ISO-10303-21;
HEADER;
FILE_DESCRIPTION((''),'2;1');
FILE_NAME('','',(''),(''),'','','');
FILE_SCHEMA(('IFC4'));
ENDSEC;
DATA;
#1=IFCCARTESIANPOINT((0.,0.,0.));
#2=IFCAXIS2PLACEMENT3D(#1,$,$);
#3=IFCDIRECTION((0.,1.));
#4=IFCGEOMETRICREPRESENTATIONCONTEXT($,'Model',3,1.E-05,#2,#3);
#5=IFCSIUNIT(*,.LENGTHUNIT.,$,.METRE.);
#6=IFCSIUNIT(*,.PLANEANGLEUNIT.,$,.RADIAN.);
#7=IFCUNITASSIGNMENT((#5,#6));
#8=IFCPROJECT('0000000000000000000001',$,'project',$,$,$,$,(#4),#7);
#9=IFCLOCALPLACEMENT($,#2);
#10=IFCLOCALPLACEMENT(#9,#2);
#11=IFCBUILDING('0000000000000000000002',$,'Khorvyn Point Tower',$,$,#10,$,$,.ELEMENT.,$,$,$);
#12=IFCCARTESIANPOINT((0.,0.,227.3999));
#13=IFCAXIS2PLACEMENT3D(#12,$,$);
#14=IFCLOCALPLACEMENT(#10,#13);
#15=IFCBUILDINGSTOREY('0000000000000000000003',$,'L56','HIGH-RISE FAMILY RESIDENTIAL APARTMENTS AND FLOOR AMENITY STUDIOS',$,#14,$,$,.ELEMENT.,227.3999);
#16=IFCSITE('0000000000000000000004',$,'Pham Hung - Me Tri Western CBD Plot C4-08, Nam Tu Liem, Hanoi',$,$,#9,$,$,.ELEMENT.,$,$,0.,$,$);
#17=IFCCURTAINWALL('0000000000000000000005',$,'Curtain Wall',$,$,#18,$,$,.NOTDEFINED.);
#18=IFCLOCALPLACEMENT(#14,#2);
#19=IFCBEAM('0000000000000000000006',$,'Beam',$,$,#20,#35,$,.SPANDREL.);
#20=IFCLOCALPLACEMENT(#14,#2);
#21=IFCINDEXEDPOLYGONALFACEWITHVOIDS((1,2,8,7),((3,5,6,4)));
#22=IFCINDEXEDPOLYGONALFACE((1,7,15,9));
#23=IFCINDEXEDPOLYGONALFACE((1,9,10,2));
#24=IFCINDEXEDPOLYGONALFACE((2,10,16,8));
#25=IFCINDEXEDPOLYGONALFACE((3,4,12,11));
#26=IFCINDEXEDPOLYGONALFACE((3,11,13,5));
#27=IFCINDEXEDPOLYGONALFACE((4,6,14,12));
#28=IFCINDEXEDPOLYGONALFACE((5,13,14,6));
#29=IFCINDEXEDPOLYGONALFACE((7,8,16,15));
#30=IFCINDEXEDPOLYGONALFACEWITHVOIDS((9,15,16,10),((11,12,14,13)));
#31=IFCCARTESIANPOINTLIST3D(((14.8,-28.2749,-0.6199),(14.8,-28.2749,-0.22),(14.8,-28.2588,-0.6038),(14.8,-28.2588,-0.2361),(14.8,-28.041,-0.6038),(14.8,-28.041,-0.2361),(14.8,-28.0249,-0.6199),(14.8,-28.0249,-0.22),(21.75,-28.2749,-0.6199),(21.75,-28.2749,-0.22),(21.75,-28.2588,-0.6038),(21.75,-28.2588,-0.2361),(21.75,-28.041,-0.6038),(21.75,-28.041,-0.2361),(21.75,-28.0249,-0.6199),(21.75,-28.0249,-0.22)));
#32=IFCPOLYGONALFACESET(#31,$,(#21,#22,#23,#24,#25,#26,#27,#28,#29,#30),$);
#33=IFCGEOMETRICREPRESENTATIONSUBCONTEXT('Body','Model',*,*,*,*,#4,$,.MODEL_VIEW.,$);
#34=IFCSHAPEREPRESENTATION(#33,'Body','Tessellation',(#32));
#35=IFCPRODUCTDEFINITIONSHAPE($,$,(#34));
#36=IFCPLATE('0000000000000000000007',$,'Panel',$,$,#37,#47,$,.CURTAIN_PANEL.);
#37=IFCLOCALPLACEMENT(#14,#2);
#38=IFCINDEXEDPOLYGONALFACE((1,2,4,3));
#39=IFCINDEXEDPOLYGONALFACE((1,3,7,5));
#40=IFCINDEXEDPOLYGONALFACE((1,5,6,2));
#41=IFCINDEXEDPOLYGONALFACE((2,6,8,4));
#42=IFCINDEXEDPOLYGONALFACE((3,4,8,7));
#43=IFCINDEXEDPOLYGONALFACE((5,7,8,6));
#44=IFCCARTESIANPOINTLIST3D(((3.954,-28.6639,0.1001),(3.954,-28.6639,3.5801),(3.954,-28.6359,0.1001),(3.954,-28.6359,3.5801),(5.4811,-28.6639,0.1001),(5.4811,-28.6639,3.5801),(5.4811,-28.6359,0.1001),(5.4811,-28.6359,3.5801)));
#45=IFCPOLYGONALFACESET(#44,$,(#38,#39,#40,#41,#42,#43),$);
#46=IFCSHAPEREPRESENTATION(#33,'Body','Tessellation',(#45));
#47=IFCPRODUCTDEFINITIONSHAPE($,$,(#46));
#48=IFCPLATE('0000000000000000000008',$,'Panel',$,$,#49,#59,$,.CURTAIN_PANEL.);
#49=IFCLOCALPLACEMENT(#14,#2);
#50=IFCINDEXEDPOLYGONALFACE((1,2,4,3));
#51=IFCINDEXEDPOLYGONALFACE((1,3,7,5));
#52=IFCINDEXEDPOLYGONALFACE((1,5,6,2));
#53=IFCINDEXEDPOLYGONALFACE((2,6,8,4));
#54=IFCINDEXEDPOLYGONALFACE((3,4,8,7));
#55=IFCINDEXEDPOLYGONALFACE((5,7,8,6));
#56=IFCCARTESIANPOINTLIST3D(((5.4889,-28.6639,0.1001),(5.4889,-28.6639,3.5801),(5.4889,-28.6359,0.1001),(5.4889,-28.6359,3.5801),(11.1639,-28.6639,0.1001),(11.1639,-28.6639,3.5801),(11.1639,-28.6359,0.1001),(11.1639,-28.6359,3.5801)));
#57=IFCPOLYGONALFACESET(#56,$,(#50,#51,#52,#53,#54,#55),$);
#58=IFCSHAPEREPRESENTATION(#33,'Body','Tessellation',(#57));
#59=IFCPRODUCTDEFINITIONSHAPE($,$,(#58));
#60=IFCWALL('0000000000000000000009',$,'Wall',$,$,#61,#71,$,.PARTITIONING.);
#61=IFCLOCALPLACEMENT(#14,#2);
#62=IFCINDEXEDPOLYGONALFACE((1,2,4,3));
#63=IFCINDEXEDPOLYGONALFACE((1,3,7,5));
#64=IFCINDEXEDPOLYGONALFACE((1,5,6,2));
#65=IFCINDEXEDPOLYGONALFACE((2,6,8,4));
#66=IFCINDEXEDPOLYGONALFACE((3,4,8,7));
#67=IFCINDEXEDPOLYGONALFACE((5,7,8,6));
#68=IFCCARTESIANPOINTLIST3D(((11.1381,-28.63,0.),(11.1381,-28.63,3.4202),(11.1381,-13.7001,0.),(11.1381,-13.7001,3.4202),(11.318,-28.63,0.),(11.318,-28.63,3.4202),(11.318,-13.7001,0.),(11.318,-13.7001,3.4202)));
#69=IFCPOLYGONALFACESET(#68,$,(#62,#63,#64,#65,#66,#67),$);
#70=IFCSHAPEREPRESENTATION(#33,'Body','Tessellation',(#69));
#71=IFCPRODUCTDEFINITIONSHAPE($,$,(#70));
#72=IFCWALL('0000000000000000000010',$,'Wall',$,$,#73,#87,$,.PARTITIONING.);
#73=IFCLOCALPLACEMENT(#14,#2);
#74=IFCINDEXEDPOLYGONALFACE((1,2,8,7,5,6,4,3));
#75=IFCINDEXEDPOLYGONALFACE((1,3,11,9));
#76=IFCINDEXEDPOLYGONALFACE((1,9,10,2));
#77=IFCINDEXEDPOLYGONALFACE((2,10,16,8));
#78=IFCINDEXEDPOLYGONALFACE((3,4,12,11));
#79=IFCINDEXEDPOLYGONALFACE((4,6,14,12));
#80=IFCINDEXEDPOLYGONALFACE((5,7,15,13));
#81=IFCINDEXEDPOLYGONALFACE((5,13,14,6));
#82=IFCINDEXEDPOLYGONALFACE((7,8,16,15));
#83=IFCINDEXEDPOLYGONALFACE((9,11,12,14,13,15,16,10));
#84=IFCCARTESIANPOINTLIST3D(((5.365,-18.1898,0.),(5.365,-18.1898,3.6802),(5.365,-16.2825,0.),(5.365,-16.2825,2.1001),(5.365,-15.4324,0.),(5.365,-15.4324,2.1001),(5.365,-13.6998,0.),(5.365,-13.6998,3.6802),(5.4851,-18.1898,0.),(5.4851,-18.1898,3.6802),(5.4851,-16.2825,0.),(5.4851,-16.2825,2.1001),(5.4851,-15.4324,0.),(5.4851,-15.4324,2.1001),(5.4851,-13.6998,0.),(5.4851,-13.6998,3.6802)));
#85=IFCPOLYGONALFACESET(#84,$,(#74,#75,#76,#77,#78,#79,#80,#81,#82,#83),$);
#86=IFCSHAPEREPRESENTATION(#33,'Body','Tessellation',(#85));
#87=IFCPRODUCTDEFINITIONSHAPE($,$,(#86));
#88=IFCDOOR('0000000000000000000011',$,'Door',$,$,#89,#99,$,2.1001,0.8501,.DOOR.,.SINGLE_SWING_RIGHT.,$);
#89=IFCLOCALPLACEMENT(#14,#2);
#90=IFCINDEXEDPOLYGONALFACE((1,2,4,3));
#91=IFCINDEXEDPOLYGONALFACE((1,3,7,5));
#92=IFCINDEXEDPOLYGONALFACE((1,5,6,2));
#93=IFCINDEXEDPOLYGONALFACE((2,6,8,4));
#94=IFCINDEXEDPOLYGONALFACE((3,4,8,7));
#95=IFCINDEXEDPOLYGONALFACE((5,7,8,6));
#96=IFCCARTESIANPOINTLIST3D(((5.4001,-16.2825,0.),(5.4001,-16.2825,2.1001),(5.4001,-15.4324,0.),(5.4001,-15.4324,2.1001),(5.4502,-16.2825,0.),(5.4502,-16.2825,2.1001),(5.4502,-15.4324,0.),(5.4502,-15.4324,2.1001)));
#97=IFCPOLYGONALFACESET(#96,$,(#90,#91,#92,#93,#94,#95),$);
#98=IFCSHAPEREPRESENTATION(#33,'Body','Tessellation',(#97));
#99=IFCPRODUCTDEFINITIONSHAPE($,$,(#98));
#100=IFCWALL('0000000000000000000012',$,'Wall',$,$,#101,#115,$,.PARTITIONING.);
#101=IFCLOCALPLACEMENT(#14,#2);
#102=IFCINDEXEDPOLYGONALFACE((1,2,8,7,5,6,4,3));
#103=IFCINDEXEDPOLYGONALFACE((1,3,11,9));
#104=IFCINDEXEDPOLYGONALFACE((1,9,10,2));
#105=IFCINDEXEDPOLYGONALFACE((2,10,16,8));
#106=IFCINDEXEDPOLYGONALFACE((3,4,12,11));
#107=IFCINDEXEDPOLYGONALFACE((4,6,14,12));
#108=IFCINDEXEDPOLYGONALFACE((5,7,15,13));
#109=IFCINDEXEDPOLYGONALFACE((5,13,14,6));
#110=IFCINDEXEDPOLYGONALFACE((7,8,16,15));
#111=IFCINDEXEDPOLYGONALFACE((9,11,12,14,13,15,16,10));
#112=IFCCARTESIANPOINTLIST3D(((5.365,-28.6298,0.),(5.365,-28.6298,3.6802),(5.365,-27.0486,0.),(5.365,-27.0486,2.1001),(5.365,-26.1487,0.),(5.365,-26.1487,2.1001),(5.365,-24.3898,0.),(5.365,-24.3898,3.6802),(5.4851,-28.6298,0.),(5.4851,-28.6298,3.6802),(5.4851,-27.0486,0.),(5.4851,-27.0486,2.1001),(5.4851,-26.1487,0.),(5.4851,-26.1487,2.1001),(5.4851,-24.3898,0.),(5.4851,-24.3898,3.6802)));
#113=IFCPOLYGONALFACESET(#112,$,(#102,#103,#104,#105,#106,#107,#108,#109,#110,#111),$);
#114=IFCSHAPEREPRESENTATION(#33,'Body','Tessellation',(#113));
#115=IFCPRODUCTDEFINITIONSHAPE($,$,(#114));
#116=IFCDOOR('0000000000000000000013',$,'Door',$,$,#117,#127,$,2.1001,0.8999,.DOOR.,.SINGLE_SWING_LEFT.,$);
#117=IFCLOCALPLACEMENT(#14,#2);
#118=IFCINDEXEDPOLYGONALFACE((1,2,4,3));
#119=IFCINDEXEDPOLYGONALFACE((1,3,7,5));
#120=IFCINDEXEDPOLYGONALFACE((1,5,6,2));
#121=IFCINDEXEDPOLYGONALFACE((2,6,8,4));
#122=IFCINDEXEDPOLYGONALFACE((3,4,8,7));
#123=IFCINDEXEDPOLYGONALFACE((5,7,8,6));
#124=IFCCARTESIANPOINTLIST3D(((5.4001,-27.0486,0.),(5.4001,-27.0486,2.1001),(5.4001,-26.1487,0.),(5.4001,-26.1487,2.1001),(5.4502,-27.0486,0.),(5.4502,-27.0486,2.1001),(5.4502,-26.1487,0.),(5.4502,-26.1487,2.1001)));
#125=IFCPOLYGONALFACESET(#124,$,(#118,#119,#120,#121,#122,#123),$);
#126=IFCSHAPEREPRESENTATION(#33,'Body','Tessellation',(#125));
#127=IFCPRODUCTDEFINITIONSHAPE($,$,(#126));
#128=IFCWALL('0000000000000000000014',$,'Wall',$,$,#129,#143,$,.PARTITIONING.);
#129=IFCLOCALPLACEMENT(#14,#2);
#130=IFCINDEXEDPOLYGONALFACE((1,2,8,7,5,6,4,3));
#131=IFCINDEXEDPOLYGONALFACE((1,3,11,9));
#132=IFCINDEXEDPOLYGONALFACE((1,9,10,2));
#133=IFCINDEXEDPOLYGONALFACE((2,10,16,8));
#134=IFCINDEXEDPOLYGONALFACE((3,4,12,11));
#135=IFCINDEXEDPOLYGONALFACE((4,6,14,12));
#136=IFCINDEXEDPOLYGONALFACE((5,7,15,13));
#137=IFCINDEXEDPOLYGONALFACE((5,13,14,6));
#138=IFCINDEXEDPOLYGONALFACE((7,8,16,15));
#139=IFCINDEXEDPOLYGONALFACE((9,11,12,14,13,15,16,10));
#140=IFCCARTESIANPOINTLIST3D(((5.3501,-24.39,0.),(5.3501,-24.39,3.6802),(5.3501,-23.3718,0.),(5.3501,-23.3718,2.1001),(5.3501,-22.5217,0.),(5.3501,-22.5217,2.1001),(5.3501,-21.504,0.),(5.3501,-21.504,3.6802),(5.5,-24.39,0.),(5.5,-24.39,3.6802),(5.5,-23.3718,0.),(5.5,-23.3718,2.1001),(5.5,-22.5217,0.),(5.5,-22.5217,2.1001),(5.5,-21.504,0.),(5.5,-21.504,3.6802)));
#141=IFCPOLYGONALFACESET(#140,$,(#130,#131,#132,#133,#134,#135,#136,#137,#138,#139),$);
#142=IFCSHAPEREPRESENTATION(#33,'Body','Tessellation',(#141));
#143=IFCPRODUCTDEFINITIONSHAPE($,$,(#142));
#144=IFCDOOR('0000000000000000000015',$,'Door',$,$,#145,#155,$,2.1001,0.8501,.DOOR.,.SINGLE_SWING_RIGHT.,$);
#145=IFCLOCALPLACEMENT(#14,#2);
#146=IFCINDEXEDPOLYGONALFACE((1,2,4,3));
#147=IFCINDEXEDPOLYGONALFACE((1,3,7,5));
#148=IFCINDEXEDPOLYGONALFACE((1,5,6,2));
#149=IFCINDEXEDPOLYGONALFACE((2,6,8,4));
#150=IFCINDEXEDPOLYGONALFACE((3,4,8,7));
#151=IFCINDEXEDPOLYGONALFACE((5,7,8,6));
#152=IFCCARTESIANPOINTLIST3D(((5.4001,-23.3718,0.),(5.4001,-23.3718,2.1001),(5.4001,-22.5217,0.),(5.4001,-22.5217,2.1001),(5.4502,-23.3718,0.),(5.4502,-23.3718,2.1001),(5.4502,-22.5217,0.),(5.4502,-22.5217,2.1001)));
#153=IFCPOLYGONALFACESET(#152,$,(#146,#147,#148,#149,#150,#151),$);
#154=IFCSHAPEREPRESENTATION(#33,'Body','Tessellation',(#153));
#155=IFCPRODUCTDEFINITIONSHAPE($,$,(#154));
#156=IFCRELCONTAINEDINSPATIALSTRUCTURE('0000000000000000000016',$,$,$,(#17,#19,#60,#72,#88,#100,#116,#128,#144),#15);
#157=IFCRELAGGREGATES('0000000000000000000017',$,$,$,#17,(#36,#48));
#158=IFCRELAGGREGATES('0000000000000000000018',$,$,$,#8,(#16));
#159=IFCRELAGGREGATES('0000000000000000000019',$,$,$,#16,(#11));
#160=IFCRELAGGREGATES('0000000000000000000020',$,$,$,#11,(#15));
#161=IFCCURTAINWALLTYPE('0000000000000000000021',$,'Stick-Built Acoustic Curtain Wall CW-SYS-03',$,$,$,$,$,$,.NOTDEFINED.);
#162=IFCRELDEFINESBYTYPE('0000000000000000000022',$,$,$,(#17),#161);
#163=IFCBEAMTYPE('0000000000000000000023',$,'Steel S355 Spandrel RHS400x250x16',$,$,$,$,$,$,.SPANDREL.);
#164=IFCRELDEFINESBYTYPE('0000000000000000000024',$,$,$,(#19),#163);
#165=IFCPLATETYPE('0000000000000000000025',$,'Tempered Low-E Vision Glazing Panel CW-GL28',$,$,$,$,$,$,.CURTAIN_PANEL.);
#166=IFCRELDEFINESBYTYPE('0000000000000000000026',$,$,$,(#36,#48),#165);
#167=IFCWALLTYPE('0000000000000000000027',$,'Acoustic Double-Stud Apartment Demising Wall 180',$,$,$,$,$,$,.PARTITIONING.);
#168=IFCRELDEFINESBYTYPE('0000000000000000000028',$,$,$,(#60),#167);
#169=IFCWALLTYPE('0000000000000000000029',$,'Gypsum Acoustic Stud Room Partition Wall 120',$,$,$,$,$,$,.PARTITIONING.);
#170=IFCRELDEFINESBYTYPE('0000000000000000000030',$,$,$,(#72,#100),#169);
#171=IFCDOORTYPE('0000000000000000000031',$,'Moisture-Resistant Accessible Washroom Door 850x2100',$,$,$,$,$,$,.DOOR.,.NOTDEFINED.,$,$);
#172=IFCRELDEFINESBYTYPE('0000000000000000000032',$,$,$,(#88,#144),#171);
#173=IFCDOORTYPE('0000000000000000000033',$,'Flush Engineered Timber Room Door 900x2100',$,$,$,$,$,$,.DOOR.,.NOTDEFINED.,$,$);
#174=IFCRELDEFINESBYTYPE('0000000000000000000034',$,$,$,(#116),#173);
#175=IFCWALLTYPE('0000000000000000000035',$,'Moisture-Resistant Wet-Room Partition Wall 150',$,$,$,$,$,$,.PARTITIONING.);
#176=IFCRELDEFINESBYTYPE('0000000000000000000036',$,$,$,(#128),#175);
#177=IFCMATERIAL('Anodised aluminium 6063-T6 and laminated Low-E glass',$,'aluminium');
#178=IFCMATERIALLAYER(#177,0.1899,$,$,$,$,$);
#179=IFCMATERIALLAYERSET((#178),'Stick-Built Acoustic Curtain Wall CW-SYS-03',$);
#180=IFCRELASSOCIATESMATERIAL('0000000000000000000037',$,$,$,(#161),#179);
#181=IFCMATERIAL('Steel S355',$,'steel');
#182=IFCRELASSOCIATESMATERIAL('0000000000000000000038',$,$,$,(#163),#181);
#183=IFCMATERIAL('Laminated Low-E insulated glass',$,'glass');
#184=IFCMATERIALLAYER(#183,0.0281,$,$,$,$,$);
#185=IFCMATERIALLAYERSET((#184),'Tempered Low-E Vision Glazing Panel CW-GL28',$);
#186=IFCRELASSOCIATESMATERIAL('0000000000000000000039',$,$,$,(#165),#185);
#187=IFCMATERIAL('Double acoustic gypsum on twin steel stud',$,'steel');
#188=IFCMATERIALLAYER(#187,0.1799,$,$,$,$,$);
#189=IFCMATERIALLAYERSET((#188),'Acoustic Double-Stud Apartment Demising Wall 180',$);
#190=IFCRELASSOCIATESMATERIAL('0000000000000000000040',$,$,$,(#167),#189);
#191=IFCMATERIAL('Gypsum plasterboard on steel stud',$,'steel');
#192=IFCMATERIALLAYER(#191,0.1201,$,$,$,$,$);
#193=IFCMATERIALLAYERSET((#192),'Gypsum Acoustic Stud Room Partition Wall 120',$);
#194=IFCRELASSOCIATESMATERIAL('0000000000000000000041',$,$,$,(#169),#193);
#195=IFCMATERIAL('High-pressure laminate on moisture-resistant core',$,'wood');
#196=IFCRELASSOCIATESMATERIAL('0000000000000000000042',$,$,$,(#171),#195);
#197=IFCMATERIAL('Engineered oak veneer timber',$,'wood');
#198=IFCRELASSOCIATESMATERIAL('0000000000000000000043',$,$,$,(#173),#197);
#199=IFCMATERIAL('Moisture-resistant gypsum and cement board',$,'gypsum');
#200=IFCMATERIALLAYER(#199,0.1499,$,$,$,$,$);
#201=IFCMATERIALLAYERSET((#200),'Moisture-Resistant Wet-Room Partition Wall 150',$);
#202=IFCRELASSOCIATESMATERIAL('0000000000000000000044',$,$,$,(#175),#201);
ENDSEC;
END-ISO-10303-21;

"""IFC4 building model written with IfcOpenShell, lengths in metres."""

from ifc_helpers import new_model, si_unit, direction, frame, frame_2d, origin, origin_2d, place, context, subcontext, project, spatial, rectangle, hollow_rectangle, extrude, material, layer, layer_set, material_profile, profile_set, type_object, element, fill, aggregate, save


model = new_model("IFC4")

# Units and contexts
model_context = context("Model", 3, precision=1e-05, world=origin(), true_north=direction((0.0, 1.0)))
body_context = subcontext(model_context, "Body", "Model", "MODEL_VIEW")
ifc_project = project(units=[si_unit("LENGTHUNIT", "METRE"), si_unit("PLANEANGLEUNIT", "RADIAN")], contexts=[model_context])

# Site, building, storey
site_placement = place(None, origin())
site = spatial("IfcSite", under=ifc_project, at=site_placement, Name="Pham Hung - Me Tri Western CBD Plot C4-08, Nam Tu Liem, Hanoi", CompositionType="ELEMENT", RefElevation=0.0)
building_placement = place(site_placement, origin())
building = spatial("IfcBuilding", under=site, at=building_placement, Name="Khorvyn Point Tower", CompositionType="ELEMENT")
storey_placement = place(building_placement, frame((0.0, 0.0, 227.3999)))
storey = spatial("IfcBuildingStorey", under=building, at=storey_placement, Name="L56", Description="HIGH-RISE FAMILY RESIDENTIAL APARTMENTS AND FLOOR AMENITY STUDIOS", CompositionType="ELEMENT", Elevation=227.3999)

# Curtain wall
ifc_material_1 = material(Name="Anodised aluminium 6063-T6 and laminated Low-E glass", Category="aluminium")
ifc_layer_1 = layer(ifc_material_1, 0.1899)
ifc_layer_set_1 = layer_set([ifc_layer_1], Name="Stick-Built Acoustic Curtain Wall CW-SYS-03")
curtain_wall_type = type_object("IfcCurtainWallType", Name="Stick-Built Acoustic Curtain Wall CW-SYS-03", PredefinedType="NOTDEFINED", material=ifc_layer_set_1)
curtain_wall_placement = place(storey_placement, origin())
curtain_wall = element("IfcCurtainWall", 1, at=curtain_wall_placement, inside=storey, type_object=curtain_wall_type, Name="Curtain Wall", PredefinedType="NOTDEFINED")

# Beam
ifc_material_2 = material(Name="Steel S355", Category="steel")
ifc_material_profile_1 = material_profile(ifc_material_2, hollow_rectangle(XDim=0.25, YDim=0.3999, WallThickness=0.0161, at=origin_2d()))
ifc_profile_set_1 = profile_set([ifc_material_profile_1], Name="Steel S355 RHS400x250x16")
beam_type_1 = type_object("IfcBeamType", Name="Steel S355 Spandrel RHS400x250x16", PredefinedType="SPANDREL", material=ifc_profile_set_1)
beam_1_placement = place(storey_placement, frame((14.8, -28.1499, -0.4199), z_axis=(1.0, 0.0, 0.0), x_axis=(0.0, 1.0, 0.0)))
element("IfcBeam", 2, at=beam_1_placement, inside=storey, type_object=beam_type_1, Name="Beam", PredefinedType="SPANDREL", context=body_context, shape_type="SweptSolid", body=[
    extrude(hollow_rectangle(XDim=0.25, YDim=0.3999, WallThickness=0.0161, at=origin_2d()), origin(), (0.0, 0.0, 1.0), 6.95),
])

# Plates
ifc_material_3 = material(Name="Laminated Low-E insulated glass", Category="glass")
ifc_layer_2 = layer(ifc_material_3, 0.0281)
ifc_layer_set_2 = layer_set([ifc_layer_2], Name="Tempered Low-E Vision Glazing Panel CW-GL28")
plate_type = type_object("IfcPlateType", Name="Tempered Low-E Vision Glazing Panel CW-GL28", PredefinedType="CURTAIN_PANEL", material=ifc_layer_set_2)
plate_1_placement = place(storey_placement, frame((4.7175, -28.6499, 0.1001), z_axis=(0.0, 0.0, 1.0), x_axis=(-1.0, 0.0, 0.0)))
plate_1 = element("IfcPlate", 3, at=plate_1_placement, type_object=plate_type, Name="Panel", PredefinedType="CURTAIN_PANEL", context=body_context, shape_type="SweptSolid", body=[
    extrude(rectangle(XDim=1.5271, YDim=0.0281, at=origin_2d()), origin(), (0.0, 0.0, 1.0), 3.48),
])
plate_2_placement = place(storey_placement, frame((8.3264, -28.6499, 0.1001), z_axis=(0.0, 0.0, 1.0), x_axis=(-1.0, 0.0, 0.0)))
plate_2 = element("IfcPlate", 4, at=plate_2_placement, type_object=plate_type, Name="Panel", PredefinedType="CURTAIN_PANEL", context=body_context, shape_type="SweptSolid", body=[
    extrude(rectangle(XDim=5.675, YDim=0.0281, at=origin_2d()), origin(), (0.0, 0.0, 1.0), 3.48),
])
aggregate(curtain_wall, [plate_1, plate_2])

# Wall
ifc_material_4 = material(Name="Double acoustic gypsum on twin steel stud", Category="steel")
ifc_layer_3 = layer(ifc_material_4, 0.1799)
ifc_layer_set_3 = layer_set([ifc_layer_3], Name="Acoustic Double-Stud Apartment Demising Wall 180")
wall_type_1 = type_object("IfcWallType", Name="Acoustic Double-Stud Apartment Demising Wall 180", PredefinedType="PARTITIONING", material=ifc_layer_set_3)
wall_1_placement = place(storey_placement, frame((11.228, -28.6299, 0.0), z_axis=(0.0, 0.0, 1.0), x_axis=(0.0, 1.0, 0.0)))
element("IfcWall", 5, at=wall_1_placement, inside=storey, type_object=wall_type_1, Name="Wall", PredefinedType="PARTITIONING", context=body_context, shape_type="SweptSolid", body=[
    extrude(rectangle(XDim=14.9299, YDim=0.1799, at=frame_2d((7.4648, 0.0))), origin(), (0.0, 0.0, 1.0), 3.4202),
])

# Walls, openings, doors
ifc_material_5 = material(Name="Gypsum plasterboard on steel stud", Category="steel")
ifc_layer_4 = layer(ifc_material_5, 0.1201)
ifc_layer_set_4 = layer_set([ifc_layer_4], Name="Gypsum Acoustic Stud Room Partition Wall 120")
wall_type_2 = type_object("IfcWallType", Name="Gypsum Acoustic Stud Room Partition Wall 120", PredefinedType="PARTITIONING", material=ifc_layer_set_4)
wall_2_placement = place(storey_placement, frame((5.425, -18.1899, 0.0), z_axis=(0.0, 0.0, 1.0), x_axis=(0.0, 1.0, 0.0)))
wall_2 = element("IfcWall", 6, at=wall_2_placement, inside=storey, type_object=wall_type_2, Name="Wall", PredefinedType="PARTITIONING", context=body_context, shape_type="SweptSolid", body=[
    extrude(rectangle(XDim=4.49, YDim=0.1201, at=frame_2d((2.2451, 0.0))), origin(), (0.0, 0.0, 1.0), 3.6802),
])
opening_1_placement = place(wall_2_placement, frame((1.9075, 0.0, 0.0)))
opening_1 = element("IfcOpeningElement", 7, at=opening_1_placement, cuts=wall_2, PredefinedType="OPENING", context=body_context, shape_type="SweptSolid", body=[
    extrude(rectangle(XDim=0.8501, YDim=2.1001, at=frame_2d((0.425, 1.05))), frame((0.0, 0.0701, 0.0), z_axis=(0.0, -1.0, 0.0), x_axis=(1.0, 0.0, 0.0)), (0.0, 0.0, 1.0), 0.1401),
])
ifc_material_6 = material(Name="High-pressure laminate on moisture-resistant core", Category="wood")
door_type_1 = type_object("IfcDoorType", Name="Moisture-Resistant Accessible Washroom Door 850x2100", OperationType="NOTDEFINED", PredefinedType="DOOR", material=ifc_material_6)
door_1_placement = place(opening_1_placement, origin())
door_1 = element("IfcDoor", 8, at=door_1_placement, inside=storey, type_object=door_type_1, Name="Door", OperationType="SINGLE_SWING_RIGHT", OverallHeight=2.1001, OverallWidth=0.8501, PredefinedType="DOOR", context=body_context, shape_type="SweptSolid", body=[
    extrude(rectangle(XDim=0.8501, YDim=2.1001, at=frame_2d((0.425, 1.05))), frame((0.0, 0.0249, 0.0), z_axis=(0.0, -1.0, 0.0), x_axis=(1.0, 0.0, 0.0)), (0.0, 0.0, 1.0), 0.05),
])
fill(opening_1, door_1)
wall_3_placement = place(storey_placement, frame((5.425, -28.6299, 0.0), z_axis=(0.0, 0.0, 1.0), x_axis=(0.0, 1.0, 0.0)))
wall_3 = element("IfcWall", 9, at=wall_3_placement, inside=storey, type_object=wall_type_2, Name="Wall", PredefinedType="PARTITIONING", context=body_context, shape_type="SweptSolid", body=[
    extrude(rectangle(XDim=4.24, YDim=0.1201, at=frame_2d((2.1201, 0.0))), origin(), (0.0, 0.0, 1.0), 3.6802),
])
opening_2_placement = place(wall_3_placement, frame((1.5813, 0.0, 0.0)))
opening_2 = element("IfcOpeningElement", 10, at=opening_2_placement, cuts=wall_3, PredefinedType="OPENING", context=body_context, shape_type="SweptSolid", body=[
    extrude(rectangle(XDim=0.8999, YDim=2.1001, at=frame_2d((0.45, 1.05))), frame((0.0, 0.0701, 0.0), z_axis=(0.0, -1.0, 0.0), x_axis=(1.0, 0.0, 0.0)), (0.0, 0.0, 1.0), 0.1401),
])
ifc_material_7 = material(Name="Engineered oak veneer timber", Category="wood")
door_type_2 = type_object("IfcDoorType", Name="Flush Engineered Timber Room Door 900x2100", OperationType="NOTDEFINED", PredefinedType="DOOR", material=ifc_material_7)
door_2_placement = place(opening_2_placement, origin())
door_2 = element("IfcDoor", 11, at=door_2_placement, inside=storey, type_object=door_type_2, Name="Door", OperationType="SINGLE_SWING_LEFT", OverallHeight=2.1001, OverallWidth=0.8999, PredefinedType="DOOR", context=body_context, shape_type="SweptSolid", body=[
    extrude(rectangle(XDim=0.8999, YDim=2.1001, at=frame_2d((0.45, 1.05))), frame((0.0, 0.0249, 0.0), z_axis=(0.0, -1.0, 0.0), x_axis=(1.0, 0.0, 0.0)), (0.0, 0.0, 1.0), 0.05),
])
fill(opening_2, door_2)
ifc_material_8 = material(Name="Moisture-resistant gypsum and cement board", Category="gypsum")
ifc_layer_5 = layer(ifc_material_8, 0.1499)
ifc_layer_set_5 = layer_set([ifc_layer_5], Name="Moisture-Resistant Wet-Room Partition Wall 150")
wall_type_3 = type_object("IfcWallType", Name="Moisture-Resistant Wet-Room Partition Wall 150", PredefinedType="PARTITIONING", material=ifc_layer_set_5)
wall_4_placement = place(storey_placement, frame((5.425, -24.3899, 0.0), z_axis=(0.0, 0.0, 1.0), x_axis=(0.0, 1.0, 0.0)))
wall_4 = element("IfcWall", 12, at=wall_4_placement, inside=storey, type_object=wall_type_3, Name="Wall", PredefinedType="PARTITIONING", context=body_context, shape_type="SweptSolid", body=[
    extrude(rectangle(XDim=2.886, YDim=0.1499, at=frame_2d((1.4429, 0.0))), origin(), (0.0, 0.0, 1.0), 3.6802),
])
opening_3_placement = place(wall_4_placement, frame((1.0181, 0.0, 0.0)))
opening_3 = element("IfcOpeningElement", 13, at=opening_3_placement, cuts=wall_4, PredefinedType="OPENING", context=body_context, shape_type="SweptSolid", body=[
    extrude(rectangle(XDim=0.8501, YDim=2.1001, at=frame_2d((0.425, 1.05))), frame((0.0, 0.085, 0.0), z_axis=(0.0, -1.0, 0.0), x_axis=(1.0, 0.0, 0.0)), (0.0, 0.0, 1.0), 0.1699),
])
door_3_placement = place(opening_3_placement, origin())
door_3 = element("IfcDoor", 14, at=door_3_placement, inside=storey, type_object=door_type_1, Name="Door", OperationType="SINGLE_SWING_RIGHT", OverallHeight=2.1001, OverallWidth=0.8501, PredefinedType="DOOR", context=body_context, shape_type="SweptSolid", body=[
    extrude(rectangle(XDim=0.8501, YDim=2.1001, at=frame_2d((0.425, 1.05))), frame((0.0, 0.0249, 0.0), z_axis=(0.0, -1.0, 0.0), x_axis=(1.0, 0.0, 0.0)), (0.0, 0.0, 1.0), 0.05),
])
fill(opening_3, door_3)

save(model, "model.ifc")
